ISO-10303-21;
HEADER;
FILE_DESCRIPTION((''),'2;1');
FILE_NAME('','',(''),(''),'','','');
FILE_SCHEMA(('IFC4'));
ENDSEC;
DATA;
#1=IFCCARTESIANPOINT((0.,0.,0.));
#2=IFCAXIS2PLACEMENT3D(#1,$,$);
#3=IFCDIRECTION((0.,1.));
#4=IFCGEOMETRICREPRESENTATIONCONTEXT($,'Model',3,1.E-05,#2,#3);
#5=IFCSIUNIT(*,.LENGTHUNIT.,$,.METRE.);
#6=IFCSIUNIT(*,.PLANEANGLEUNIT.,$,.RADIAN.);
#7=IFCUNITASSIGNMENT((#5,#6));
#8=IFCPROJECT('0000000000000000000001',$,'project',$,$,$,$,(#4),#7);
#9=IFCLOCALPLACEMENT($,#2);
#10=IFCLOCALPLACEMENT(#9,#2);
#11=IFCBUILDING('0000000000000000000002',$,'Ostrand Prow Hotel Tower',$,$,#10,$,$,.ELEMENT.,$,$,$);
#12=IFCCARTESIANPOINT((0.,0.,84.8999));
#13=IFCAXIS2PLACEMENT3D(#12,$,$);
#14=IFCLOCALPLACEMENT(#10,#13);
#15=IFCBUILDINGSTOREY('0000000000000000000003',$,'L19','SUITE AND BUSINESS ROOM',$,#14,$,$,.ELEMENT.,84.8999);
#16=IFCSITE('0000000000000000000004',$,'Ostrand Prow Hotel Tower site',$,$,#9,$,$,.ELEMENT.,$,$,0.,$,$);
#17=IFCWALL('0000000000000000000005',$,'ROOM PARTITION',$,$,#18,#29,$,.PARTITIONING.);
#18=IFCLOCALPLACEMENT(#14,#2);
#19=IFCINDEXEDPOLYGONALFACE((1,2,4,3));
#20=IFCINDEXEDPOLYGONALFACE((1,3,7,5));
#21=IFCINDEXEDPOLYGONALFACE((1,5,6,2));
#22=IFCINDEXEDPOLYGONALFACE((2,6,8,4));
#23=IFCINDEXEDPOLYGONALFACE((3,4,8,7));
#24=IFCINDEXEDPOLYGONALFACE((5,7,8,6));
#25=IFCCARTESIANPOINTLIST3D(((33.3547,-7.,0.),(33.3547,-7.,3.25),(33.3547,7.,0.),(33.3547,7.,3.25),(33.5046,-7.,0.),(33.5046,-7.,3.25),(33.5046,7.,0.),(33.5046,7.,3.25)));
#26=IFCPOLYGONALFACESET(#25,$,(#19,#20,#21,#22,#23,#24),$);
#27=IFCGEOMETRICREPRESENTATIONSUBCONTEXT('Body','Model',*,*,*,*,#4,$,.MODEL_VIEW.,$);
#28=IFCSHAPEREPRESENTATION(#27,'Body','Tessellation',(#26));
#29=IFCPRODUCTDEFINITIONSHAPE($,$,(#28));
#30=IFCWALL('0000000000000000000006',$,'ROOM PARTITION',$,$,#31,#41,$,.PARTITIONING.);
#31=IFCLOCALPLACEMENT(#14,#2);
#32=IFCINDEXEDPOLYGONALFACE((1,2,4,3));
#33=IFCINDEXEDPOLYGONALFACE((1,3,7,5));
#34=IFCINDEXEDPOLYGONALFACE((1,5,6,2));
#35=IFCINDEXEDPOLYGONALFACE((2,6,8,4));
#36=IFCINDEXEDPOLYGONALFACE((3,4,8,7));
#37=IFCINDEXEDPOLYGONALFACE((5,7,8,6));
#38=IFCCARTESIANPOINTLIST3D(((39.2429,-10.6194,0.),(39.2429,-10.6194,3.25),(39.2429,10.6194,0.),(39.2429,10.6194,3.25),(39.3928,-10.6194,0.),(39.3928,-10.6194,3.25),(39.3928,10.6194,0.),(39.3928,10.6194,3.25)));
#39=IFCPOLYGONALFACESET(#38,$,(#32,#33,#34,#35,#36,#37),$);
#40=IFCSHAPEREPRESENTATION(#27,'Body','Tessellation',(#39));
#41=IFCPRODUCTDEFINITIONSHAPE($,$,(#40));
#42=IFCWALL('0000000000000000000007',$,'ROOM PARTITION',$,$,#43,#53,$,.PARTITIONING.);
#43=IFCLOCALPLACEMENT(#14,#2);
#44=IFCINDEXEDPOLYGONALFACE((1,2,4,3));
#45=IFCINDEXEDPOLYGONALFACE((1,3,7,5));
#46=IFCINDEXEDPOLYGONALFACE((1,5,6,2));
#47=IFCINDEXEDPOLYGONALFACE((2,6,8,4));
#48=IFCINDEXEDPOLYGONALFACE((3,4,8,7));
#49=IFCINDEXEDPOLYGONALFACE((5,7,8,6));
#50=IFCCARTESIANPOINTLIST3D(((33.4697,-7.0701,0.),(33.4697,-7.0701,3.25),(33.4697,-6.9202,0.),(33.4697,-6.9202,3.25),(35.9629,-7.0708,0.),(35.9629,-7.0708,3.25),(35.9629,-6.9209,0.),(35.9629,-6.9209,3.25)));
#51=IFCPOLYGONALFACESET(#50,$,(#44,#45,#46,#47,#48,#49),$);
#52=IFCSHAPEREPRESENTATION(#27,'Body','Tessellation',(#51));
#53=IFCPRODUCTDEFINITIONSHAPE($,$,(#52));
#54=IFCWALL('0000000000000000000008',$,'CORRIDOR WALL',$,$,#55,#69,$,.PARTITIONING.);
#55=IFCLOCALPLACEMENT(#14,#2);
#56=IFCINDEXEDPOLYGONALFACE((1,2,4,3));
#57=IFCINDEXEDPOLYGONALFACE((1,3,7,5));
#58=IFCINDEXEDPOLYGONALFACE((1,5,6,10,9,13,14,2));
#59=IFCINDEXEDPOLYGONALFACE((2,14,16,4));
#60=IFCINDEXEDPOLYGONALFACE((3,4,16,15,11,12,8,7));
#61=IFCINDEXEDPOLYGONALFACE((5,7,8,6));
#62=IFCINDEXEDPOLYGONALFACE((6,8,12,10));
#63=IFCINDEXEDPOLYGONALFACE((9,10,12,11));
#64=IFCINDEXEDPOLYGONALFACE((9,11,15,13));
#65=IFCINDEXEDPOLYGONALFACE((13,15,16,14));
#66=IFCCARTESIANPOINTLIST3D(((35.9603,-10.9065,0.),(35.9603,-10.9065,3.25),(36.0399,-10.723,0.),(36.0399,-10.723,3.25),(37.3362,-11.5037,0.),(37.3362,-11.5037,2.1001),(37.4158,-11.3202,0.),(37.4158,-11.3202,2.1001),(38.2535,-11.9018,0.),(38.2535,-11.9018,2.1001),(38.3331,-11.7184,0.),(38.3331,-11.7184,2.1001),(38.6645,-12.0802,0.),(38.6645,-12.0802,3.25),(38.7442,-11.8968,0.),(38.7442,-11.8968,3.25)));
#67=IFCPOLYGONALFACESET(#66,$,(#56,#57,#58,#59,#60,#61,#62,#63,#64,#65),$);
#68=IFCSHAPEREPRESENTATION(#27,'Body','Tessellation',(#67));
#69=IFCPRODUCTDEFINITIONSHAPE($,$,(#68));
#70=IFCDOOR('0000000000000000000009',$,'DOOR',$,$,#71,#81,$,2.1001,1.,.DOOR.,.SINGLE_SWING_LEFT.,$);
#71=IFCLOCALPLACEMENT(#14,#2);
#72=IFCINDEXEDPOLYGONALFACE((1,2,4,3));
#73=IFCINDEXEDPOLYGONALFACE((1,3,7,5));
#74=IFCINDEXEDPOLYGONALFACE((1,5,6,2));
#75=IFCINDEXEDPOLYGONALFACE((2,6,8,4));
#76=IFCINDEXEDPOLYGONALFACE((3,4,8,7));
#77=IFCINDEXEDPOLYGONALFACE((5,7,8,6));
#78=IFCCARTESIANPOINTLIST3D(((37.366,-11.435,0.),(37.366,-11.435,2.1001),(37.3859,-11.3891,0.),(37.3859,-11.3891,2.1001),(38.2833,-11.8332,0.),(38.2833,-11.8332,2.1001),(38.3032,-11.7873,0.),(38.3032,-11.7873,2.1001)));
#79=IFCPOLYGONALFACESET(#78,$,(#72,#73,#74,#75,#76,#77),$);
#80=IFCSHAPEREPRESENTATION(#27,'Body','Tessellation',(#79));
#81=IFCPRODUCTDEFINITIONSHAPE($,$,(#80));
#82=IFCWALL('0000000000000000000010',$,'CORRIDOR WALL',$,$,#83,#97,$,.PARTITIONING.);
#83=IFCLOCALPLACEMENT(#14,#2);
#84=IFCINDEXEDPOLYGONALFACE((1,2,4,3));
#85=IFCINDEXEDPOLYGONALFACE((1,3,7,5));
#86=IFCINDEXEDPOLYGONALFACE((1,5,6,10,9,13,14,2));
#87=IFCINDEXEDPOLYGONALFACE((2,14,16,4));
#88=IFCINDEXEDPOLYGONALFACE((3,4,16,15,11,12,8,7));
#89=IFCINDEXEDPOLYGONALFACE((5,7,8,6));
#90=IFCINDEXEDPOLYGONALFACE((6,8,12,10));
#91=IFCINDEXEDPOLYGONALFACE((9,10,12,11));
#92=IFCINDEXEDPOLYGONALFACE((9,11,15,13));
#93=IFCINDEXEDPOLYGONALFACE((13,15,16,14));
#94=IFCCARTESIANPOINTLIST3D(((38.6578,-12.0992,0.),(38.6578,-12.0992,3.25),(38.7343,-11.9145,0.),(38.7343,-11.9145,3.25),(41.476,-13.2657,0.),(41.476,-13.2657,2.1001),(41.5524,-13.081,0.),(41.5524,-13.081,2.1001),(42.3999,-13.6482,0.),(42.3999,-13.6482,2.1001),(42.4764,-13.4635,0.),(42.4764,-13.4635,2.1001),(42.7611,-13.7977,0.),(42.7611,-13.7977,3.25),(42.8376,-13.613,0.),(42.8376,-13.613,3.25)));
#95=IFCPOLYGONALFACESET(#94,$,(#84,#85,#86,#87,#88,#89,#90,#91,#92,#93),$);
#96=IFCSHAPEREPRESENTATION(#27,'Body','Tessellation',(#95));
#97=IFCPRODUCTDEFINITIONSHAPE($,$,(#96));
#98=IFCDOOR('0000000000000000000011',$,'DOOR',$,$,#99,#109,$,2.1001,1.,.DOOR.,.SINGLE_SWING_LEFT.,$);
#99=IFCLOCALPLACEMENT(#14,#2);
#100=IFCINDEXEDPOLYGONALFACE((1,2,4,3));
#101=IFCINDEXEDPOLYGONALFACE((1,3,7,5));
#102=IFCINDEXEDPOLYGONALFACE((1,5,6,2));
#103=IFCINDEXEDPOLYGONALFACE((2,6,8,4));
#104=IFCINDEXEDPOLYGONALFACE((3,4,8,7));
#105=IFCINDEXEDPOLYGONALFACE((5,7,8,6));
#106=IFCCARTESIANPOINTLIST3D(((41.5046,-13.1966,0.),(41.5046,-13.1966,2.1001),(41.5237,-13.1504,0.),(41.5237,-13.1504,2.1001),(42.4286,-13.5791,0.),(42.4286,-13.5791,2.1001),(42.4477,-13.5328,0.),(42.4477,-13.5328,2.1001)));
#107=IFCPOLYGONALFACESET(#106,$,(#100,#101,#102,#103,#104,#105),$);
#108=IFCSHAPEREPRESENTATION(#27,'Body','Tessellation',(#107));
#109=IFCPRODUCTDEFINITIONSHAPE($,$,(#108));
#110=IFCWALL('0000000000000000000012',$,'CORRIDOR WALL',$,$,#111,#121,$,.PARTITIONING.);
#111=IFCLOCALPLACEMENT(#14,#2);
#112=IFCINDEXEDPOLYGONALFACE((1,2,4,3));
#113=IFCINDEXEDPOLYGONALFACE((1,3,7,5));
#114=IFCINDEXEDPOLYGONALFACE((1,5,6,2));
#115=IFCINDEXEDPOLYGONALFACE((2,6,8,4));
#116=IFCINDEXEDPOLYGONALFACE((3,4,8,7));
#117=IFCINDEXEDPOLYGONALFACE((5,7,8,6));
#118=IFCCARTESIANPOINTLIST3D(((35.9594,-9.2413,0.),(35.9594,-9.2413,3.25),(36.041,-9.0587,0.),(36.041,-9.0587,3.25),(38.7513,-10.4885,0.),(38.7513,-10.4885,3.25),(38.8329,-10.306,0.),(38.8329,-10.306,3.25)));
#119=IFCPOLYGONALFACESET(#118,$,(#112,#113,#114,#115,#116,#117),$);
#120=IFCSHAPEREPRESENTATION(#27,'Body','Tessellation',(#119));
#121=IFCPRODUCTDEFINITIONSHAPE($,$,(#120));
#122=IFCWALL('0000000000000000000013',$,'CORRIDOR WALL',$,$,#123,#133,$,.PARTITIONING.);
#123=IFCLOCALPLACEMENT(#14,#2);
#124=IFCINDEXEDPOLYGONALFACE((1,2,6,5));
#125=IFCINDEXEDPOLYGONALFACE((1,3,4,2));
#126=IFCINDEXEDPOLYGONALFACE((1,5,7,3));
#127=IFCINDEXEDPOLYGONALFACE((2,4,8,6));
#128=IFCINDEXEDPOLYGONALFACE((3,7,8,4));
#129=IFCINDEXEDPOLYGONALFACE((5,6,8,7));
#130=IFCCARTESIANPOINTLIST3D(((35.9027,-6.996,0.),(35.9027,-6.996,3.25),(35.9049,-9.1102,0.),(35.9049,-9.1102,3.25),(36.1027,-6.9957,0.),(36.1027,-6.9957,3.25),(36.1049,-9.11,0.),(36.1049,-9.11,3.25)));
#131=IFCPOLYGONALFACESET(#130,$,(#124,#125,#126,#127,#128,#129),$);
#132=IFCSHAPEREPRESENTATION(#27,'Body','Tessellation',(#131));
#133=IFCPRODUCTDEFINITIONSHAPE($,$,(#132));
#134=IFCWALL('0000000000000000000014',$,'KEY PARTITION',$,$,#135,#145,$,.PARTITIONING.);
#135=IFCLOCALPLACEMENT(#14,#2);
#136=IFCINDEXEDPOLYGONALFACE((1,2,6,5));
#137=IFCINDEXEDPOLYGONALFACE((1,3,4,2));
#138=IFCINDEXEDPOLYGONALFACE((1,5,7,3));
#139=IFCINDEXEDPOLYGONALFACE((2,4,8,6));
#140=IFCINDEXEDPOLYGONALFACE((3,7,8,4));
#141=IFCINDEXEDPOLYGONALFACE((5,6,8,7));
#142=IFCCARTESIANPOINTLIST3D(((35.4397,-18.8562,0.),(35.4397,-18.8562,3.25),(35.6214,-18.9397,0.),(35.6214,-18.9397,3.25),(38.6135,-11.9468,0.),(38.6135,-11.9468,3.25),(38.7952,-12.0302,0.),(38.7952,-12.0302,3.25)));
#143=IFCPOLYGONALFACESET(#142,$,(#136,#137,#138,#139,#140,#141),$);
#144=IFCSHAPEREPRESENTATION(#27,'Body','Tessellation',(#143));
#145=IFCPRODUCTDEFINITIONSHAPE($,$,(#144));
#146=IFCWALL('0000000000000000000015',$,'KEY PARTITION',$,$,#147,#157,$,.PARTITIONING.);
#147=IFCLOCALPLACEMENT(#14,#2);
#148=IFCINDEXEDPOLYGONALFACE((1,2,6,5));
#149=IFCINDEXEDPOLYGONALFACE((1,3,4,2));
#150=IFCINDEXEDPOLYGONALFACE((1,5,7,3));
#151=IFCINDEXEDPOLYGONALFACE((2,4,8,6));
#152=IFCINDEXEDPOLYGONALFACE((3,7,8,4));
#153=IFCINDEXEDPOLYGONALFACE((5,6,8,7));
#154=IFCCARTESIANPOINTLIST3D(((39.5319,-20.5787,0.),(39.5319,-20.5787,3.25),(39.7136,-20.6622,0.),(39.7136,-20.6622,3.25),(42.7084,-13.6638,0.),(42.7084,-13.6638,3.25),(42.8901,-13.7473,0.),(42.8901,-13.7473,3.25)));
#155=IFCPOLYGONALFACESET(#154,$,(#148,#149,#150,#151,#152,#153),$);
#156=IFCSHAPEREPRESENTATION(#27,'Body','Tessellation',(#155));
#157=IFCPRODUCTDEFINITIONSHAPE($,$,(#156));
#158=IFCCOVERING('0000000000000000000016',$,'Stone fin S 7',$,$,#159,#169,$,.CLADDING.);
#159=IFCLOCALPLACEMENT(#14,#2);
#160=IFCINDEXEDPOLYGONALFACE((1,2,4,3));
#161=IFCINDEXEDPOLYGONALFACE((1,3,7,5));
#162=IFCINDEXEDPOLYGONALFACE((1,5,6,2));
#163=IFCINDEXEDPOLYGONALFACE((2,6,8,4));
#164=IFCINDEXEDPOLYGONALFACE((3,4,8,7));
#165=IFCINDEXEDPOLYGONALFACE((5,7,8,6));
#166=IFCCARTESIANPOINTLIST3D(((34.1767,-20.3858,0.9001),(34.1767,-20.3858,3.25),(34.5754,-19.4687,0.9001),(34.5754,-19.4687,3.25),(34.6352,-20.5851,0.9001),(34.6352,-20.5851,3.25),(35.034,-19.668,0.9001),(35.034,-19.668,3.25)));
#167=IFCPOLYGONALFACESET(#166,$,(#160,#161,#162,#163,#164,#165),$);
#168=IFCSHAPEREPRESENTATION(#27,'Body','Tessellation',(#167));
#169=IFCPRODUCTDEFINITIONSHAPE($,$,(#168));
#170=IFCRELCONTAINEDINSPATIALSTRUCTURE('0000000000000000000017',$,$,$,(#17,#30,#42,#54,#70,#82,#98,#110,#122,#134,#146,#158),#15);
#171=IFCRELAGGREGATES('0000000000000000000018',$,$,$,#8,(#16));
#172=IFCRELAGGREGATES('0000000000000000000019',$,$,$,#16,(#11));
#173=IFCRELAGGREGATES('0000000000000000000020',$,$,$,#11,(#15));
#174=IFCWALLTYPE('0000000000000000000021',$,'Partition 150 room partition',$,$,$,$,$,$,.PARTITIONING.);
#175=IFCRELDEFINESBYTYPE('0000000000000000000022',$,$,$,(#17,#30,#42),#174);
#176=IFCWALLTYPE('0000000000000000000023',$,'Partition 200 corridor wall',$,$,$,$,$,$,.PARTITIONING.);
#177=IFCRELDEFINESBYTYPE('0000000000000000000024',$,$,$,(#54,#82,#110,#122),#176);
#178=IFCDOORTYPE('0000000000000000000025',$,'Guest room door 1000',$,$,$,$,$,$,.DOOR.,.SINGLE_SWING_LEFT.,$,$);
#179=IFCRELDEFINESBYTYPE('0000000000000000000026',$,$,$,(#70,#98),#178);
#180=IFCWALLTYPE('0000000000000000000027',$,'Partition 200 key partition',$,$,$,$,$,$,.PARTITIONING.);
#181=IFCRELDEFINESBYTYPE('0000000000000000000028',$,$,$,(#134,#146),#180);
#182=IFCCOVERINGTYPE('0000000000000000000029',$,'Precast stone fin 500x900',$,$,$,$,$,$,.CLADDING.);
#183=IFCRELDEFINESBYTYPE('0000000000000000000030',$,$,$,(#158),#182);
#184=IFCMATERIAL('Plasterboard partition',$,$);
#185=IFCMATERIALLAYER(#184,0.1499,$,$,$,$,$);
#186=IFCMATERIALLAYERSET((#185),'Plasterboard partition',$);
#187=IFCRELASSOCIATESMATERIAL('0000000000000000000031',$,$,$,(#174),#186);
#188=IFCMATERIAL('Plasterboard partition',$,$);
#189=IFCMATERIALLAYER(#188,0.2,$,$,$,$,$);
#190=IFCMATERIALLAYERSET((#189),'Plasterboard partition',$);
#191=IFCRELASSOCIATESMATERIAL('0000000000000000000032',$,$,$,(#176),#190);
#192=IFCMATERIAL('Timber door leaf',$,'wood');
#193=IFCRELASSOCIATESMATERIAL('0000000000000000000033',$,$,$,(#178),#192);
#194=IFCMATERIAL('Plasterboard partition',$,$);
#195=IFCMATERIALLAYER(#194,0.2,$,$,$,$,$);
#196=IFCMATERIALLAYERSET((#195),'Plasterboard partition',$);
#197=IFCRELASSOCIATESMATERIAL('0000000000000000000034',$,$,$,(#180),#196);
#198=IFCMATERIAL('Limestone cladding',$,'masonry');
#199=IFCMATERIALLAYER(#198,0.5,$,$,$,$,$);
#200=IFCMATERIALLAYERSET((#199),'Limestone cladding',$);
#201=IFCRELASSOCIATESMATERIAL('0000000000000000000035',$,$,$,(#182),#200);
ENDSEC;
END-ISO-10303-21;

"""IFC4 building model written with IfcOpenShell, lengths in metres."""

from ifc_helpers import new_model, si_unit, direction, frame, frame_2d, origin, place, context, subcontext, project, spatial, rectangle, extrude, material, layer, layer_set, type_object, element, fill, save


model = new_model("IFC4")

# Units and contexts
model_context = context("Model", 3, precision=1e-05, world=origin(), true_north=direction((0.0, 1.0)))
body_context = subcontext(model_context, "Body", "Model", "MODEL_VIEW")
ifc_project = project(units=[si_unit("LENGTHUNIT", "METRE"), si_unit("PLANEANGLEUNIT", "RADIAN")], contexts=[model_context])

# Site, building, storey
site_placement = place(None, origin())
site = spatial("IfcSite", under=ifc_project, at=site_placement, Name="Ostrand Prow Hotel Tower site", CompositionType="ELEMENT", RefElevation=0.0)
building_placement = place(site_placement, origin())
building = spatial("IfcBuilding", under=site, at=building_placement, Name="Ostrand Prow Hotel Tower", CompositionType="ELEMENT")
storey_placement = place(building_placement, frame((0.0, 0.0, 84.8999)))
storey = spatial("IfcBuildingStorey", under=building, at=storey_placement, Name="L19", Description="SUITE AND BUSINESS ROOM", CompositionType="ELEMENT", Elevation=84.8999)

# Walls
ifc_material_1 = material(Name="Plasterboard partition")
ifc_layer_1 = layer(ifc_material_1, 0.1499)
ifc_layer_set_1 = layer_set([ifc_layer_1], Name="Plasterboard partition")
wall_type_1 = type_object("IfcWallType", Name="Partition 150 room partition", PredefinedType="PARTITIONING", material=ifc_layer_set_1)
wall_1_placement = place(storey_placement, frame((33.4297, -7.0, 0.0), z_axis=(0.0, 0.0, 1.0), x_axis=(0.0, 1.0, 0.0)))
element("IfcWall", 1, at=wall_1_placement, inside=storey, type_object=wall_type_1, Name="ROOM PARTITION", PredefinedType="PARTITIONING", context=body_context, shape_type="SweptSolid", body=[
    extrude(rectangle(XDim=14.0, YDim=0.1499, at=frame_2d((7.0, 0.0))), origin(), (0.0, 0.0, 1.0), 3.25),
])
wall_2_placement = place(storey_placement, frame((39.3179, -10.6194, 0.0), z_axis=(0.0, 0.0, 1.0), x_axis=(0.0, 1.0, 0.0)))
element("IfcWall", 2, at=wall_2_placement, inside=storey, type_object=wall_type_1, Name="ROOM PARTITION", PredefinedType="PARTITIONING", context=body_context, shape_type="SweptSolid", body=[
    extrude(rectangle(XDim=21.2388, YDim=0.1499, at=frame_2d((10.6194, 0.0))), origin(), (0.0, 0.0, 1.0), 3.25),
])
wall_3_placement = place(storey_placement, frame((35.9629, -6.9958, 0.0), z_axis=(0.0, 0.0, 1.0), x_axis=(-1.0, 0.000294, 0.0)))
element("IfcWall", 3, at=wall_3_placement, inside=storey, type_object=wall_type_1, Name="ROOM PARTITION", PredefinedType="PARTITIONING", context=body_context, shape_type="SweptSolid", body=[
    extrude(rectangle(XDim=2.4932, YDim=0.1499, at=frame_2d((1.2466, 0.0))), origin(), (0.0, 0.0, 1.0), 3.25),
])

# Walls, openings, doors
ifc_material_2 = material(Name="Plasterboard partition")
ifc_layer_2 = layer(ifc_material_2, 0.2)
ifc_layer_set_2 = layer_set([ifc_layer_2], Name="Plasterboard partition")
wall_type_2 = type_object("IfcWallType", Name="Partition 200 corridor wall", PredefinedType="PARTITIONING", material=ifc_layer_set_2)
wall_4_placement = place(storey_placement, frame((36.0, -10.8147, 0.0), z_axis=(0.0, 0.0, 1.0), x_axis=(0.917315, -0.398163, 0.0)))
wall_4 = element("IfcWall", 4, at=wall_4_placement, inside=storey, type_object=wall_type_2, Name="CORRIDOR WALL", PredefinedType="PARTITIONING", context=body_context, shape_type="SweptSolid", body=[
    extrude(rectangle(XDim=2.948, YDim=0.2, at=frame_2d((1.4741, 0.0))), origin(), (0.0, 0.0, 1.0), 3.25),
])
opening_1_placement = place(wall_4_placement, frame((1.5, 0.0, 0.0)))
opening_1 = element("IfcOpeningElement", 5, at=opening_1_placement, cuts=wall_4, PredefinedType="OPENING", context=body_context, shape_type="SweptSolid", body=[
    extrude(rectangle(XDim=1.0, YDim=2.1001, at=frame_2d((0.5, 1.05))), frame((0.0, 0.1099, 0.0), z_axis=(0.0, -1.0, 0.0), x_axis=(1.0, 0.0, 0.0)), (0.0, 0.0, 1.0), 0.22),
])
ifc_material_3 = material(Name="Timber door leaf", Category="wood")
door_type_1 = type_object("IfcDoorType", Name="Guest room door 1000", OperationType="SINGLE_SWING_LEFT", PredefinedType="DOOR", material=ifc_material_3)
door_1_placement = place(opening_1_placement, origin())
door_1 = element("IfcDoor", 6, at=door_1_placement, inside=storey, type_object=door_type_1, Name="DOOR", OperationType="SINGLE_SWING_LEFT", OverallHeight=2.1001, OverallWidth=1.0, PredefinedType="DOOR", context=body_context, shape_type="SweptSolid", body=[
    extrude(rectangle(XDim=1.0, YDim=2.1001, at=frame_2d((0.5, 1.05))), frame((0.0, 0.0249, 0.0), z_axis=(0.0, -1.0, 0.0), x_axis=(1.0, 0.0, 0.0)), (0.0, 0.0, 1.0), 0.05),
])
fill(opening_1, door_1)
wall_5_placement = place(storey_placement, frame((38.696, -12.0068, 0.0), z_axis=(0.0, 0.0, 1.0), x_axis=(0.923971, -0.382463, 0.0)))
wall_5 = element("IfcWall", 7, at=wall_5_placement, inside=storey, type_object=wall_type_2, Name="CORRIDOR WALL", PredefinedType="PARTITIONING", context=body_context, shape_type="SweptSolid", body=[
    extrude(rectangle(XDim=4.4409, YDim=0.2, at=frame_2d((2.2205, 0.0))), origin(), (0.0, 0.0, 1.0), 3.25),
])
opening_2_placement = place(wall_5_placement, frame((3.05, 0.0, 0.0)))
opening_2 = element("IfcOpeningElement", 8, at=opening_2_placement, cuts=wall_5, PredefinedType="OPENING", context=body_context, shape_type="SweptSolid", body=[
    extrude(rectangle(XDim=1.0, YDim=2.1001, at=frame_2d((0.5, 1.05))), frame((0.0, 0.1099, 0.0), z_axis=(0.0, -1.0, 0.0), x_axis=(1.0, 0.0, 0.0)), (0.0, 0.0, 1.0), 0.22),
])
door_2_placement = place(opening_2_placement, origin())
door_2 = element("IfcDoor", 9, at=door_2_placement, inside=storey, type_object=door_type_1, Name="DOOR", OperationType="SINGLE_SWING_LEFT", OverallHeight=2.1001, OverallWidth=1.0, PredefinedType="DOOR", context=body_context, shape_type="SweptSolid", body=[
    extrude(rectangle(XDim=1.0, YDim=2.1001, at=frame_2d((0.5, 1.05))), frame((0.0, 0.0249, 0.0), z_axis=(0.0, -1.0, 0.0), x_axis=(1.0, 0.0, 0.0)), (0.0, 0.0, 1.0), 0.05),
])
fill(opening_2, door_2)

# Walls
wall_6_placement = place(storey_placement, frame((38.792, -10.3972, 0.0), z_axis=(0.0, 0.0, 1.0), x_axis=(-0.91303, 0.407893, 0.0)))
element("IfcWall", 10, at=wall_6_placement, inside=storey, type_object=wall_type_2, Name="CORRIDOR WALL", PredefinedType="PARTITIONING", context=body_context, shape_type="SweptSolid", body=[
    extrude(rectangle(XDim=3.0579, YDim=0.2, at=frame_2d((1.5288, 0.0))), origin(), (0.0, 0.0, 1.0), 3.25),
])
wall_7_placement = place(storey_placement, frame((36.0049, -9.1101, 0.0), z_axis=(0.0, 0.0, 1.0), x_axis=(-0.001039, 0.999999, 0.0)))
element("IfcWall", 11, at=wall_7_placement, inside=storey, type_object=wall_type_2, Name="CORRIDOR WALL", PredefinedType="PARTITIONING", context=body_context, shape_type="SweptSolid", body=[
    extrude(rectangle(XDim=2.1143, YDim=0.2, at=frame_2d((1.0571, 0.0))), origin(), (0.0, 0.0, 1.0), 3.25),
])
ifc_material_4 = material(Name="Plasterboard partition")
ifc_layer_3 = layer(ifc_material_4, 0.2)
ifc_layer_set_3 = layer_set([ifc_layer_3], Name="Plasterboard partition")
wall_type_3 = type_object("IfcWallType", Name="Partition 200 key partition", PredefinedType="PARTITIONING", material=ifc_layer_set_3)
wall_8_placement = place(storey_placement, frame((35.5305, -18.8979, 0.0), z_axis=(0.0, 0.0, 1.0), x_axis=(0.417416, 0.908715, 0.0)))
element("IfcWall", 12, at=wall_8_placement, inside=storey, type_object=wall_type_3, Name="KEY PARTITION", PredefinedType="PARTITIONING", context=body_context, shape_type="SweptSolid", body=[
    extrude(rectangle(XDim=7.6035, YDim=0.2, at=frame_2d((3.8018, 0.0))), origin(), (0.0, 0.0, 1.0), 3.25),
])
wall_9_placement = place(storey_placement, frame((39.6228, -20.6204, 0.0), z_axis=(0.0, 0.0, 1.0), x_axis=(0.417428, 0.90871, 0.0)))
element("IfcWall", 13, at=wall_9_placement, inside=storey, type_object=wall_type_3, Name="KEY PARTITION", PredefinedType="PARTITIONING", context=body_context, shape_type="SweptSolid", body=[
    extrude(rectangle(XDim=7.6096, YDim=0.2, at=frame_2d((3.8047, 0.0))), origin(), (0.0, 0.0, 1.0), 3.25),
])

# Covering
ifc_material_5 = material(Name="Limestone cladding", Category="masonry")
ifc_layer_4 = layer(ifc_material_5, 0.5)
ifc_layer_set_4 = layer_set([ifc_layer_4], Name="Limestone cladding")
covering_type = type_object("IfcCoveringType", Name="Precast stone fin 500x900", PredefinedType="CLADDING", material=ifc_layer_set_4)
covering_placement = place(storey_placement, frame((34.8047, -19.5684, 0.9001), z_axis=(0.0, 0.0, 1.0), x_axis=(-0.398717, -0.917074, 0.0)))
element("IfcCovering", 14, at=covering_placement, inside=storey, type_object=covering_type, Name="Stone fin S 7", PredefinedType="CLADDING", context=body_context, shape_type="SweptSolid", body=[
    extrude(rectangle(XDim=1.0, YDim=0.5, at=frame_2d((0.5, 0.0))), origin(), (0.0, 0.0, 1.0), 2.3499),
])

save(model, "model.ifc")
